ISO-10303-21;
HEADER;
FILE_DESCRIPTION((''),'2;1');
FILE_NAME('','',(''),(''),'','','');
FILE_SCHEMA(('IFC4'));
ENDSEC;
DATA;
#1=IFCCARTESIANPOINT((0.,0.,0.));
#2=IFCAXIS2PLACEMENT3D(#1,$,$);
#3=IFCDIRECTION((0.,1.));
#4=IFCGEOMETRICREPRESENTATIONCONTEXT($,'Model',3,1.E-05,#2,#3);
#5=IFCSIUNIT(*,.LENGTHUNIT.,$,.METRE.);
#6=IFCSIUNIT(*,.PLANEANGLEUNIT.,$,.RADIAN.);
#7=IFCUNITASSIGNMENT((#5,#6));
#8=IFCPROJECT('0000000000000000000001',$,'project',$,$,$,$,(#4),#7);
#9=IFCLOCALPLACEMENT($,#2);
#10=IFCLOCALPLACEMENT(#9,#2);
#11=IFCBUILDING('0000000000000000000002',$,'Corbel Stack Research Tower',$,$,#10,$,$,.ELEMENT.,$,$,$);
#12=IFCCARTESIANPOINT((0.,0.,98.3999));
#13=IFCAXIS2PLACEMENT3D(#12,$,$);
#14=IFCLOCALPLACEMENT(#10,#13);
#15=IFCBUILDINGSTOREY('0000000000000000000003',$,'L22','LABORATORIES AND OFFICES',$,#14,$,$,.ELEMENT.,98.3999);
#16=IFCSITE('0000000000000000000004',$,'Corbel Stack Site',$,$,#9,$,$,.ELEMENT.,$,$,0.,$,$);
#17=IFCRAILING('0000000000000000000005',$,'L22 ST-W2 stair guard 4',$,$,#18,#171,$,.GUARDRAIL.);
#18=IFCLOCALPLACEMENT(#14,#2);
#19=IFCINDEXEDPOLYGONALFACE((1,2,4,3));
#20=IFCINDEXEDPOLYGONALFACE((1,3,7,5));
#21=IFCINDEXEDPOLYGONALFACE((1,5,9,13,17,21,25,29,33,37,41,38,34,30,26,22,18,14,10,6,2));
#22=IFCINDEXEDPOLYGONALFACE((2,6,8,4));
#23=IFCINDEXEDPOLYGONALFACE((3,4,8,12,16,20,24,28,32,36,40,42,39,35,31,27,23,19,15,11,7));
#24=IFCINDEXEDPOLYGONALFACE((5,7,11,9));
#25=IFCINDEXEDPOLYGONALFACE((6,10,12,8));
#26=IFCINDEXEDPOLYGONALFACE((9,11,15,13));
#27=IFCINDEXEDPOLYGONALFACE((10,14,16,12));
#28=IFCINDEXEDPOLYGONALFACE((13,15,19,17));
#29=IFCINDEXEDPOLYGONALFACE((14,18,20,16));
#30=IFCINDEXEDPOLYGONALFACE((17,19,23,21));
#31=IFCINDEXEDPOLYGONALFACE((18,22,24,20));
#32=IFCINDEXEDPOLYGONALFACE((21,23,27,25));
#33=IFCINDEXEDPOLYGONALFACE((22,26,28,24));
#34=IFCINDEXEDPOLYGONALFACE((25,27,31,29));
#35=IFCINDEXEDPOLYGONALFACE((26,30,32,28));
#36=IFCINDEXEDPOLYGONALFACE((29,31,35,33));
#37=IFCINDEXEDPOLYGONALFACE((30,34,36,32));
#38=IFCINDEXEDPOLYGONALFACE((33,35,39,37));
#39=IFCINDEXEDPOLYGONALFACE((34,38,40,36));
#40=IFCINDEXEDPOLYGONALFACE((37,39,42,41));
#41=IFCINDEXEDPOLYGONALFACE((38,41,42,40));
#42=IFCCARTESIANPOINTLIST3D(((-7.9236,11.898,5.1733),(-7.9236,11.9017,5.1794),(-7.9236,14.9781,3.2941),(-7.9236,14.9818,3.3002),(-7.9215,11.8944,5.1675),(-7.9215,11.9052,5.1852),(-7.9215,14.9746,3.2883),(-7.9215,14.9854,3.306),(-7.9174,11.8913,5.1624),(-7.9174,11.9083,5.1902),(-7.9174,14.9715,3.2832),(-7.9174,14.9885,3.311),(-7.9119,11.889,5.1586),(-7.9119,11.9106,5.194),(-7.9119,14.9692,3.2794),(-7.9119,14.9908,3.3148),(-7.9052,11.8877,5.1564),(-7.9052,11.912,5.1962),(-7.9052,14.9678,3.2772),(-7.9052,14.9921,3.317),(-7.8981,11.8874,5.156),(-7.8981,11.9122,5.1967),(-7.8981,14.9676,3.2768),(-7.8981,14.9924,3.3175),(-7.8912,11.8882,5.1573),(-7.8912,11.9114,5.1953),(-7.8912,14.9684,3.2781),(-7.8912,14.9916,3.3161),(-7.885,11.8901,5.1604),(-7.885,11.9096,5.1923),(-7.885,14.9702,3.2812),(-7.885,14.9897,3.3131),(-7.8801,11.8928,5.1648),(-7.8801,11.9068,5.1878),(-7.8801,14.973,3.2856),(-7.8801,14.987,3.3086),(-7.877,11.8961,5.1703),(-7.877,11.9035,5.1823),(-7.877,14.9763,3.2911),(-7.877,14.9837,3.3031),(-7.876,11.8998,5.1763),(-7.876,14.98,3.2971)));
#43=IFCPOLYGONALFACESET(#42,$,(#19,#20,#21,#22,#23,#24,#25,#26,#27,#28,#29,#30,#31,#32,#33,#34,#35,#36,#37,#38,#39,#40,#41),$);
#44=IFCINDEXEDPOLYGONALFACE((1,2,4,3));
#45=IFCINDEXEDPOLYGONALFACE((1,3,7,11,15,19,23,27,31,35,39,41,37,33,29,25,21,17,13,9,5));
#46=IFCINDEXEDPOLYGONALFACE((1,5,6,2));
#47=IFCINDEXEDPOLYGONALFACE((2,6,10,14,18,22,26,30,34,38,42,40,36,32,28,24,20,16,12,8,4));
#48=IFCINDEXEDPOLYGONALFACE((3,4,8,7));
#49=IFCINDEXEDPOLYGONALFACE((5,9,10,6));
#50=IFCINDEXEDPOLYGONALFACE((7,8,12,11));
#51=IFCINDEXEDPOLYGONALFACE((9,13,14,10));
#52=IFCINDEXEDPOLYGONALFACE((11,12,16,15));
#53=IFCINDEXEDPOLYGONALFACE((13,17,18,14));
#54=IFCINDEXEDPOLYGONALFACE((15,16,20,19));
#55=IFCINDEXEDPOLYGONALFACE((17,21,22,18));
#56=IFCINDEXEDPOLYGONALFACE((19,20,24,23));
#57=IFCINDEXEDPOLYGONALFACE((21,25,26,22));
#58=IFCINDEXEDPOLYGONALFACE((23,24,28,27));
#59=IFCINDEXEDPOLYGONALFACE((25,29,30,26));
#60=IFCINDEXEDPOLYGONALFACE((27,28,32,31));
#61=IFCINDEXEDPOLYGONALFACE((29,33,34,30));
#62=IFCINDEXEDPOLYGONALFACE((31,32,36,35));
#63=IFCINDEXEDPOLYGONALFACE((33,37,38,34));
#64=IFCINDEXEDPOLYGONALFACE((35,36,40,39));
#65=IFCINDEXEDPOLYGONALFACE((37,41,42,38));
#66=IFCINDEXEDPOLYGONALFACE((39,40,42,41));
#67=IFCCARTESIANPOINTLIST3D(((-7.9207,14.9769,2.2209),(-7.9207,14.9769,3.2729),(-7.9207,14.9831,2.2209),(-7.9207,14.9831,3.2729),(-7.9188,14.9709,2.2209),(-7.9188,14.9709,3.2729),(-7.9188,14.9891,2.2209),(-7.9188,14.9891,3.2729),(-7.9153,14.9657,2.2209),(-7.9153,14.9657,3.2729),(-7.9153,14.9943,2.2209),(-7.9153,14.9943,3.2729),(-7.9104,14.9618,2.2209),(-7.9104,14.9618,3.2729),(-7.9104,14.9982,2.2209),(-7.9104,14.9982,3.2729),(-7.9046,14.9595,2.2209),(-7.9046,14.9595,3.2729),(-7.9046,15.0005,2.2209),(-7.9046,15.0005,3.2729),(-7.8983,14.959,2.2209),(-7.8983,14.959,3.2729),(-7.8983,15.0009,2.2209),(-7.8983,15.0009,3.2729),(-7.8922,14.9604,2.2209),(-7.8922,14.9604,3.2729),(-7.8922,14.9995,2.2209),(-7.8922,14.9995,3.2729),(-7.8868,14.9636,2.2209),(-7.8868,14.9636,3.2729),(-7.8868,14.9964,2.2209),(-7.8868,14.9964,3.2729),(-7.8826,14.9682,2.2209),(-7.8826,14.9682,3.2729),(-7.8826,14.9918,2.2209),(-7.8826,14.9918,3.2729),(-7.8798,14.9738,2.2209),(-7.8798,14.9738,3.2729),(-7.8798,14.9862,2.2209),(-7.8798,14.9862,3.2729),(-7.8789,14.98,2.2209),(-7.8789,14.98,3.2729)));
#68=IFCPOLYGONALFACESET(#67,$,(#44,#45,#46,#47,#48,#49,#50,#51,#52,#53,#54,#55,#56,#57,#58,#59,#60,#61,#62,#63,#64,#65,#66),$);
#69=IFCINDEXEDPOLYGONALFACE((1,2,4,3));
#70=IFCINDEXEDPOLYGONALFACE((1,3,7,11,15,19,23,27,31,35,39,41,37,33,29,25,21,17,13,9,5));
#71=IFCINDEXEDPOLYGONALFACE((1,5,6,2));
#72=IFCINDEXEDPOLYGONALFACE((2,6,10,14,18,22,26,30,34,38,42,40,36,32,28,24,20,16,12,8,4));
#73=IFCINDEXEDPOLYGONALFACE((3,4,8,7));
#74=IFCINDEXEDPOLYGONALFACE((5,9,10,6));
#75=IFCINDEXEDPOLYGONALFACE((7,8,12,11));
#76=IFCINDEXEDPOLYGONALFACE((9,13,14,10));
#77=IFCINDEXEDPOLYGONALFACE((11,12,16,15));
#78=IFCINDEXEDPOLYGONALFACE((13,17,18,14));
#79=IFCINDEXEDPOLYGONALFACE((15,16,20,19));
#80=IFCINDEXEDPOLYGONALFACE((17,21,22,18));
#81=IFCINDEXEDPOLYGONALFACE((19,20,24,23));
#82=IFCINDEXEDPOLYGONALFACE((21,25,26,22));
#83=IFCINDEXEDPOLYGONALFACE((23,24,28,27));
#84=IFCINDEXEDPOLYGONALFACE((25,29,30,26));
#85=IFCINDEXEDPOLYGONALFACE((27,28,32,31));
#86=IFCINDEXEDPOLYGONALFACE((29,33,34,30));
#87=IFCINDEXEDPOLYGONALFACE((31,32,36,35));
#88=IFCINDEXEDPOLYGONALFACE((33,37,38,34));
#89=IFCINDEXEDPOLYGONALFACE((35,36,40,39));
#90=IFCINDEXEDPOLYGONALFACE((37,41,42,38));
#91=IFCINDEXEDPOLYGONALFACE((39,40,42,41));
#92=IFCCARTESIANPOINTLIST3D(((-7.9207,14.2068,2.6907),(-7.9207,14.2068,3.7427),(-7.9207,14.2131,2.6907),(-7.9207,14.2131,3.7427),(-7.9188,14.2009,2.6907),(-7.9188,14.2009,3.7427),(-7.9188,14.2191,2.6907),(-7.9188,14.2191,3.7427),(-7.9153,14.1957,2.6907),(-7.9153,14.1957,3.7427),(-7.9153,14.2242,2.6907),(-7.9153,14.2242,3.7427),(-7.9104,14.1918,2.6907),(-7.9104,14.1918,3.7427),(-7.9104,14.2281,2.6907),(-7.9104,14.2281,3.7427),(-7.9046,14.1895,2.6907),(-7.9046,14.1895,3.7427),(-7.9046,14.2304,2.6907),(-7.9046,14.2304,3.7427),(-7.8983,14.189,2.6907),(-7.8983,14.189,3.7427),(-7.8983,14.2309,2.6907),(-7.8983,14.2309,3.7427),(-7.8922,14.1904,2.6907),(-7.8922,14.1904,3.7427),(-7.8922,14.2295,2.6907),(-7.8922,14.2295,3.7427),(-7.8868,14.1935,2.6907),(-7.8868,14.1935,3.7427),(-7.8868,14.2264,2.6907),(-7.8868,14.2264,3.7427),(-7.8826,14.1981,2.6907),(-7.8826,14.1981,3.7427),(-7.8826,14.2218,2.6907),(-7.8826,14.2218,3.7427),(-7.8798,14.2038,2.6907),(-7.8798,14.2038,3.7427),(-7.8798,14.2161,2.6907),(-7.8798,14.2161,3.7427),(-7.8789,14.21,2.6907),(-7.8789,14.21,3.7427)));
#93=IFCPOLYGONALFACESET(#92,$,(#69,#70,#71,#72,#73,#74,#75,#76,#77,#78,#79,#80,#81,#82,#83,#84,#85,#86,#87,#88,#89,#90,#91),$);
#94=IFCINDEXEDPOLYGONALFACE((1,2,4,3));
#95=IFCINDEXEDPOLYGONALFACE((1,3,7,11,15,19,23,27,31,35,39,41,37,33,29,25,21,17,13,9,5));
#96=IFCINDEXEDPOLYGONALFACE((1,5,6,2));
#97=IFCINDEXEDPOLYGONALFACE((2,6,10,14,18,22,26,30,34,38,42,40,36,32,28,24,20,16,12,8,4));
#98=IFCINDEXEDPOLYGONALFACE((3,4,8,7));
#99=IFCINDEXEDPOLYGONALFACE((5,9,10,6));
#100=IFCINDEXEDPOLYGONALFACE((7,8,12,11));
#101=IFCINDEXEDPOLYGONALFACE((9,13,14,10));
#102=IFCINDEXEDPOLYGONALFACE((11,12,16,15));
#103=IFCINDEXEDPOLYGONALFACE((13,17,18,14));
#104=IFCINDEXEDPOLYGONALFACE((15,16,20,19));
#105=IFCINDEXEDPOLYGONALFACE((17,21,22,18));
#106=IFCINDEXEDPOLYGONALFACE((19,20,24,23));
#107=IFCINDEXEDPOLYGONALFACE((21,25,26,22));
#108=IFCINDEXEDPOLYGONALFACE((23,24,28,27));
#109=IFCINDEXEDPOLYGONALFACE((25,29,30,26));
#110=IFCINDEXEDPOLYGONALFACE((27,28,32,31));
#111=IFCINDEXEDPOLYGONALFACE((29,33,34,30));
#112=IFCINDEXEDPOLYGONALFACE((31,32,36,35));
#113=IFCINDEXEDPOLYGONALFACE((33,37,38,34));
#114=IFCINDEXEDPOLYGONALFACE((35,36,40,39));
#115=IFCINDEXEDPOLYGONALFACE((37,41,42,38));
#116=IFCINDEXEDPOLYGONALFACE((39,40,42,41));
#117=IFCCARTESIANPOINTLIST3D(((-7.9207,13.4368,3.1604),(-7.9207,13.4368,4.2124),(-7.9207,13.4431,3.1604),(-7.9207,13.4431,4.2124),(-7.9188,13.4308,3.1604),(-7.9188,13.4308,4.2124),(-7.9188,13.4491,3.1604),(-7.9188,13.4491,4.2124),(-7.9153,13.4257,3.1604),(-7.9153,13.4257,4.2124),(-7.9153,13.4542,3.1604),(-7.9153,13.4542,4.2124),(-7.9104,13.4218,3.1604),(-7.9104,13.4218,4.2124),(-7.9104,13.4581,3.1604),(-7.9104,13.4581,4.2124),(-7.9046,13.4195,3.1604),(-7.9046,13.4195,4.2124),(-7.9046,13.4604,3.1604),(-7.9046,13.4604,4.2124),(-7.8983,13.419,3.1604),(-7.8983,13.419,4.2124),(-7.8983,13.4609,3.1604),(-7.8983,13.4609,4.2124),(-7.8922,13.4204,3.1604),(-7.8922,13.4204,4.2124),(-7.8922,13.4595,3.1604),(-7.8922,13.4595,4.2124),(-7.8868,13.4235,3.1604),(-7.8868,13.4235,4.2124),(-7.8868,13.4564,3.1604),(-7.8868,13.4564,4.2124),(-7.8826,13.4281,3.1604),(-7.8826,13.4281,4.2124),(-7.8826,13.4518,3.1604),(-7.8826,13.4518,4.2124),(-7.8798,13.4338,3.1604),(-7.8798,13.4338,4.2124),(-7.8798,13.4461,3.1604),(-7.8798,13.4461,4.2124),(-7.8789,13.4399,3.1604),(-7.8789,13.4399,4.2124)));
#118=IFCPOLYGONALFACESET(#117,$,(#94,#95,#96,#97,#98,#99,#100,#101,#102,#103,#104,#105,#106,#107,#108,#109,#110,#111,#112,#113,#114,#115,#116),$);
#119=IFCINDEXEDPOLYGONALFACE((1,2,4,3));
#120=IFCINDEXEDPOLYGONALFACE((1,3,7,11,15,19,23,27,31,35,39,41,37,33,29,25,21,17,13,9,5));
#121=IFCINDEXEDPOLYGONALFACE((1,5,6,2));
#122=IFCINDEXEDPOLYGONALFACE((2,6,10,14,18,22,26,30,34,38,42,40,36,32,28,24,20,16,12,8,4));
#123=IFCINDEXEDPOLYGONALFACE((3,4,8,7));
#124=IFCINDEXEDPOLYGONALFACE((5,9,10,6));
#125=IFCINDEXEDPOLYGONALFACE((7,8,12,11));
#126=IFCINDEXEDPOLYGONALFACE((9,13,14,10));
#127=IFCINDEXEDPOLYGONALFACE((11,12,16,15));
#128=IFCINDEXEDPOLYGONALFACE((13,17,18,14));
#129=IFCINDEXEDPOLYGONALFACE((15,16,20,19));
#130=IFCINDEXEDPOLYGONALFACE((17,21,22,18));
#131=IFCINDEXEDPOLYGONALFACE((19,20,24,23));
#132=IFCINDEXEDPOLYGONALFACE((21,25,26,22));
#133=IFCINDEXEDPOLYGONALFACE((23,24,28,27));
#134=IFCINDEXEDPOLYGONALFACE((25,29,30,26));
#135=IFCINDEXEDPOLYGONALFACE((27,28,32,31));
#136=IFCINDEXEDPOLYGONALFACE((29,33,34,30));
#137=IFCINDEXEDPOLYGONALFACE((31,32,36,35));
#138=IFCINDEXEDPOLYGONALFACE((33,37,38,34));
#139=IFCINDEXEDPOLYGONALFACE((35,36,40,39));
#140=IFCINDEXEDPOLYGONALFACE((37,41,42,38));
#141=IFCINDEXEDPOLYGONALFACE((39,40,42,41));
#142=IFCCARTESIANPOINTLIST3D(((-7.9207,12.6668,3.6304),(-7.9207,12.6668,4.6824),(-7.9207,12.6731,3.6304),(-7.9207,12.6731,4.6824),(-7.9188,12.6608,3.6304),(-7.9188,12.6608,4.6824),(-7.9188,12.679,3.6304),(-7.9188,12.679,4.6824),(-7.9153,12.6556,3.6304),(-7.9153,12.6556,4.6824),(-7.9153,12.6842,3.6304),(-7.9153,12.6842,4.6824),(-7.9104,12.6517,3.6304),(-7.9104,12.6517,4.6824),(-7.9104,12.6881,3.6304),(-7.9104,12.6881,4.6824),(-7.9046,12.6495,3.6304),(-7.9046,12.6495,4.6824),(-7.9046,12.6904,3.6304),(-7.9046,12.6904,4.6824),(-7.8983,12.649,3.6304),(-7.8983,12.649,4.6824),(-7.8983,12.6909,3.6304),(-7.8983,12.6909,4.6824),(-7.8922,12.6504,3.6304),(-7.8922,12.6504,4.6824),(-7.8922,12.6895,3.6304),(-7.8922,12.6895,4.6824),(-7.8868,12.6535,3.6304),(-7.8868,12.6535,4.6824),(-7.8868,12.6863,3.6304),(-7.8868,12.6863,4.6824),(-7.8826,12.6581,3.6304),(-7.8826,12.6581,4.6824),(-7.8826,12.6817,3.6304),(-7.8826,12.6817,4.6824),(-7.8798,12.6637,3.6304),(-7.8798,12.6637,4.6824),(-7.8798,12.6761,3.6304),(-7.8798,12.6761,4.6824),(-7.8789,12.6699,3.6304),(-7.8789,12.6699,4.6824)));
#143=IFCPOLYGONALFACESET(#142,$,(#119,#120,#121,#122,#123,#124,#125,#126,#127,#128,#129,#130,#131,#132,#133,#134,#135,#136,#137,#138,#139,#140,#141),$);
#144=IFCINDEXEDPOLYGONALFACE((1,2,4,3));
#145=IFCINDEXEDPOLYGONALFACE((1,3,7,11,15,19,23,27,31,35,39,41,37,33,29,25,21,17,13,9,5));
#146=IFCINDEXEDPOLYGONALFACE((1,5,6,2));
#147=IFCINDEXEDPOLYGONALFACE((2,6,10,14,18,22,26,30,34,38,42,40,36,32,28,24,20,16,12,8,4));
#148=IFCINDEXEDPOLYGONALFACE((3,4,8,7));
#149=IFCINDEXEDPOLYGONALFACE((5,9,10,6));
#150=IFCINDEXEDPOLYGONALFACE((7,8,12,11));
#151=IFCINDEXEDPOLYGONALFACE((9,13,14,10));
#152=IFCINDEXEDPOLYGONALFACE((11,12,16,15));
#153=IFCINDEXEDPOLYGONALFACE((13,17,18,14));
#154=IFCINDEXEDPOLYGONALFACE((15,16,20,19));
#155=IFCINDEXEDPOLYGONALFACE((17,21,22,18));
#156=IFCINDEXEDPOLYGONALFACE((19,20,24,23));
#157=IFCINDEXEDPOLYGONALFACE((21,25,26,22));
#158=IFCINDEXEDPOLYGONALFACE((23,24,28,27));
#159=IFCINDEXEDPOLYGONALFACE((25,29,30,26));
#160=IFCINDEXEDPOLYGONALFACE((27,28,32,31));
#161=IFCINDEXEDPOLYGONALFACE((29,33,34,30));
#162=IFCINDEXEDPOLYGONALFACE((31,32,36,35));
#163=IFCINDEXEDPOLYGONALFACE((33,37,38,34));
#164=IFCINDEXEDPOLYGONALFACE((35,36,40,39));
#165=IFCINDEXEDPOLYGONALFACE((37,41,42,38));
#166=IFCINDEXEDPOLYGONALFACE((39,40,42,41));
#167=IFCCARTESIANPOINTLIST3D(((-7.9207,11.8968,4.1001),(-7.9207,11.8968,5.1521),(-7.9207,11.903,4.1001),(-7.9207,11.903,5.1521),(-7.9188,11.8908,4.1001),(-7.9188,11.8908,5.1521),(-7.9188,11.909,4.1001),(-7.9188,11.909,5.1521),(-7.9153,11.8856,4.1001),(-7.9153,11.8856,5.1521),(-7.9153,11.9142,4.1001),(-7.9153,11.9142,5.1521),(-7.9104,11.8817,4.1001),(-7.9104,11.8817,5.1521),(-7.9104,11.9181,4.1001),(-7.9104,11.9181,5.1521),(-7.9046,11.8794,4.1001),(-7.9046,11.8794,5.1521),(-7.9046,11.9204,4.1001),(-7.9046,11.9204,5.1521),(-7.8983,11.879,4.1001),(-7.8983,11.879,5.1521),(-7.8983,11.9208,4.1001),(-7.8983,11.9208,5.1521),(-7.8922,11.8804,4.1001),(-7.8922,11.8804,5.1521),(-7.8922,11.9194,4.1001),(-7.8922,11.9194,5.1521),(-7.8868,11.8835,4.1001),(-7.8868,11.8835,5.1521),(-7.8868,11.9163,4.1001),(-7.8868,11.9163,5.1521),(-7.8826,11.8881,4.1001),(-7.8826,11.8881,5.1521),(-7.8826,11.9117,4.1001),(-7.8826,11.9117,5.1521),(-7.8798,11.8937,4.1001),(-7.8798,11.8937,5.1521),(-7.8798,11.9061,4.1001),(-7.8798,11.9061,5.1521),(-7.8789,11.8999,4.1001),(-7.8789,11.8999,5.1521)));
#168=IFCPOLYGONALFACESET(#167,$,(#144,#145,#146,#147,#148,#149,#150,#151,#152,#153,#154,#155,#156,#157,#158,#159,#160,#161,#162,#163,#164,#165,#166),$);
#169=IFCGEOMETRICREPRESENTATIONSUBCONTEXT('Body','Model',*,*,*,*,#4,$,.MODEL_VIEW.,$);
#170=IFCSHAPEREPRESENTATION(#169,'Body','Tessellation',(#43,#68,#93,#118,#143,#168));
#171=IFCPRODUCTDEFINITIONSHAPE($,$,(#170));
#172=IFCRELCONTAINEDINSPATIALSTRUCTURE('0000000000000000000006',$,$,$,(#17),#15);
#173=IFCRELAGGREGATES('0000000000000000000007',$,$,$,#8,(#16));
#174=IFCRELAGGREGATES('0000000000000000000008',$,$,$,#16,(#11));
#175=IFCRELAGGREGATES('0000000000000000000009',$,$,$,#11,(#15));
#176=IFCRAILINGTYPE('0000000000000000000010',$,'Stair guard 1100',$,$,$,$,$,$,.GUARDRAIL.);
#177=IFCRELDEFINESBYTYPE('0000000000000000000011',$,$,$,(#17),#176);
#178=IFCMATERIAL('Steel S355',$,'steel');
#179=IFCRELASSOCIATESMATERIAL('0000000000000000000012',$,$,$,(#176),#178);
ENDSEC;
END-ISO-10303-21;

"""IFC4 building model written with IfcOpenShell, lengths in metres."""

from ifc_helpers import new_model, si_unit, direction, frame, origin, origin_2d, place, context, subcontext, project, spatial, circle, extrude, material, type_object, element, save


model = new_model("IFC4")

# Units and contexts
model_context = context("Model", 3, precision=1e-05, world=origin(), true_north=direction((0.0, 1.0)))
body_context = subcontext(model_context, "Body", "Model", "MODEL_VIEW")
ifc_project = project(units=[si_unit("LENGTHUNIT", "METRE"), si_unit("PLANEANGLEUNIT", "RADIAN")], contexts=[model_context])

# Site, building, storey
site_placement = place(None, origin())
site = spatial("IfcSite", under=ifc_project, at=site_placement, Name="Corbel Stack Site", CompositionType="ELEMENT", RefElevation=0.0)
building_placement = place(site_placement, origin())
building = spatial("IfcBuilding", under=site, at=building_placement, Name="Corbel Stack Research Tower", CompositionType="ELEMENT")
storey_placement = place(building_placement, frame((0.0, 0.0, 98.3999)))
storey = spatial("IfcBuildingStorey", under=building, at=storey_placement, Name="L22", Description="LABORATORIES AND OFFICES", CompositionType="ELEMENT", Elevation=98.3999)

# Railing
ifc_material_1 = material(Name="Steel S355", Category="steel")
railing_type_1 = type_object("IfcRailingType", Name="Stair guard 1100", PredefinedType="GUARDRAIL", material=ifc_material_1)
railing_1_placement = place(storey_placement, frame((-7.8999, 14.98, 2.2209)))
element("IfcRailing", 1, at=railing_1_placement, inside=storey, type_object=railing_type_1, Name="L22 ST-W2 stair guard 4", PredefinedType="GUARDRAIL", context=body_context, shape_type="SweptSolid", body=[
    extrude(circle(Radius=0.0239, at=origin_2d()), frame((0.0, 0.0, 1.0762), z_axis=(0.0, -0.853666, 0.52082), x_axis=(1.0, 0.0, 0.0)), (0.0, 0.0, 1.0), 3.6082),
    extrude(circle(Radius=0.021, at=origin_2d()), origin(), (0.0, 0.0, 1.0), 1.052),
    extrude(circle(Radius=0.021, at=origin_2d()), frame((0.0, -0.77, 0.4697)), (0.0, 0.0, 1.0), 1.052),
    extrude(circle(Radius=0.021, at=origin_2d()), frame((0.0, -1.54, 0.9395)), (0.0, 0.0, 1.0), 1.052),
    extrude(circle(Radius=0.021, at=origin_2d()), frame((0.0, -2.3101, 1.4094)), (0.0, 0.0, 1.0), 1.052),
    extrude(circle(Radius=0.021, at=origin_2d()), frame((0.0, -3.0801, 1.8792)), (0.0, 0.0, 1.0), 1.052),
])

save(model, "model.ifc")
